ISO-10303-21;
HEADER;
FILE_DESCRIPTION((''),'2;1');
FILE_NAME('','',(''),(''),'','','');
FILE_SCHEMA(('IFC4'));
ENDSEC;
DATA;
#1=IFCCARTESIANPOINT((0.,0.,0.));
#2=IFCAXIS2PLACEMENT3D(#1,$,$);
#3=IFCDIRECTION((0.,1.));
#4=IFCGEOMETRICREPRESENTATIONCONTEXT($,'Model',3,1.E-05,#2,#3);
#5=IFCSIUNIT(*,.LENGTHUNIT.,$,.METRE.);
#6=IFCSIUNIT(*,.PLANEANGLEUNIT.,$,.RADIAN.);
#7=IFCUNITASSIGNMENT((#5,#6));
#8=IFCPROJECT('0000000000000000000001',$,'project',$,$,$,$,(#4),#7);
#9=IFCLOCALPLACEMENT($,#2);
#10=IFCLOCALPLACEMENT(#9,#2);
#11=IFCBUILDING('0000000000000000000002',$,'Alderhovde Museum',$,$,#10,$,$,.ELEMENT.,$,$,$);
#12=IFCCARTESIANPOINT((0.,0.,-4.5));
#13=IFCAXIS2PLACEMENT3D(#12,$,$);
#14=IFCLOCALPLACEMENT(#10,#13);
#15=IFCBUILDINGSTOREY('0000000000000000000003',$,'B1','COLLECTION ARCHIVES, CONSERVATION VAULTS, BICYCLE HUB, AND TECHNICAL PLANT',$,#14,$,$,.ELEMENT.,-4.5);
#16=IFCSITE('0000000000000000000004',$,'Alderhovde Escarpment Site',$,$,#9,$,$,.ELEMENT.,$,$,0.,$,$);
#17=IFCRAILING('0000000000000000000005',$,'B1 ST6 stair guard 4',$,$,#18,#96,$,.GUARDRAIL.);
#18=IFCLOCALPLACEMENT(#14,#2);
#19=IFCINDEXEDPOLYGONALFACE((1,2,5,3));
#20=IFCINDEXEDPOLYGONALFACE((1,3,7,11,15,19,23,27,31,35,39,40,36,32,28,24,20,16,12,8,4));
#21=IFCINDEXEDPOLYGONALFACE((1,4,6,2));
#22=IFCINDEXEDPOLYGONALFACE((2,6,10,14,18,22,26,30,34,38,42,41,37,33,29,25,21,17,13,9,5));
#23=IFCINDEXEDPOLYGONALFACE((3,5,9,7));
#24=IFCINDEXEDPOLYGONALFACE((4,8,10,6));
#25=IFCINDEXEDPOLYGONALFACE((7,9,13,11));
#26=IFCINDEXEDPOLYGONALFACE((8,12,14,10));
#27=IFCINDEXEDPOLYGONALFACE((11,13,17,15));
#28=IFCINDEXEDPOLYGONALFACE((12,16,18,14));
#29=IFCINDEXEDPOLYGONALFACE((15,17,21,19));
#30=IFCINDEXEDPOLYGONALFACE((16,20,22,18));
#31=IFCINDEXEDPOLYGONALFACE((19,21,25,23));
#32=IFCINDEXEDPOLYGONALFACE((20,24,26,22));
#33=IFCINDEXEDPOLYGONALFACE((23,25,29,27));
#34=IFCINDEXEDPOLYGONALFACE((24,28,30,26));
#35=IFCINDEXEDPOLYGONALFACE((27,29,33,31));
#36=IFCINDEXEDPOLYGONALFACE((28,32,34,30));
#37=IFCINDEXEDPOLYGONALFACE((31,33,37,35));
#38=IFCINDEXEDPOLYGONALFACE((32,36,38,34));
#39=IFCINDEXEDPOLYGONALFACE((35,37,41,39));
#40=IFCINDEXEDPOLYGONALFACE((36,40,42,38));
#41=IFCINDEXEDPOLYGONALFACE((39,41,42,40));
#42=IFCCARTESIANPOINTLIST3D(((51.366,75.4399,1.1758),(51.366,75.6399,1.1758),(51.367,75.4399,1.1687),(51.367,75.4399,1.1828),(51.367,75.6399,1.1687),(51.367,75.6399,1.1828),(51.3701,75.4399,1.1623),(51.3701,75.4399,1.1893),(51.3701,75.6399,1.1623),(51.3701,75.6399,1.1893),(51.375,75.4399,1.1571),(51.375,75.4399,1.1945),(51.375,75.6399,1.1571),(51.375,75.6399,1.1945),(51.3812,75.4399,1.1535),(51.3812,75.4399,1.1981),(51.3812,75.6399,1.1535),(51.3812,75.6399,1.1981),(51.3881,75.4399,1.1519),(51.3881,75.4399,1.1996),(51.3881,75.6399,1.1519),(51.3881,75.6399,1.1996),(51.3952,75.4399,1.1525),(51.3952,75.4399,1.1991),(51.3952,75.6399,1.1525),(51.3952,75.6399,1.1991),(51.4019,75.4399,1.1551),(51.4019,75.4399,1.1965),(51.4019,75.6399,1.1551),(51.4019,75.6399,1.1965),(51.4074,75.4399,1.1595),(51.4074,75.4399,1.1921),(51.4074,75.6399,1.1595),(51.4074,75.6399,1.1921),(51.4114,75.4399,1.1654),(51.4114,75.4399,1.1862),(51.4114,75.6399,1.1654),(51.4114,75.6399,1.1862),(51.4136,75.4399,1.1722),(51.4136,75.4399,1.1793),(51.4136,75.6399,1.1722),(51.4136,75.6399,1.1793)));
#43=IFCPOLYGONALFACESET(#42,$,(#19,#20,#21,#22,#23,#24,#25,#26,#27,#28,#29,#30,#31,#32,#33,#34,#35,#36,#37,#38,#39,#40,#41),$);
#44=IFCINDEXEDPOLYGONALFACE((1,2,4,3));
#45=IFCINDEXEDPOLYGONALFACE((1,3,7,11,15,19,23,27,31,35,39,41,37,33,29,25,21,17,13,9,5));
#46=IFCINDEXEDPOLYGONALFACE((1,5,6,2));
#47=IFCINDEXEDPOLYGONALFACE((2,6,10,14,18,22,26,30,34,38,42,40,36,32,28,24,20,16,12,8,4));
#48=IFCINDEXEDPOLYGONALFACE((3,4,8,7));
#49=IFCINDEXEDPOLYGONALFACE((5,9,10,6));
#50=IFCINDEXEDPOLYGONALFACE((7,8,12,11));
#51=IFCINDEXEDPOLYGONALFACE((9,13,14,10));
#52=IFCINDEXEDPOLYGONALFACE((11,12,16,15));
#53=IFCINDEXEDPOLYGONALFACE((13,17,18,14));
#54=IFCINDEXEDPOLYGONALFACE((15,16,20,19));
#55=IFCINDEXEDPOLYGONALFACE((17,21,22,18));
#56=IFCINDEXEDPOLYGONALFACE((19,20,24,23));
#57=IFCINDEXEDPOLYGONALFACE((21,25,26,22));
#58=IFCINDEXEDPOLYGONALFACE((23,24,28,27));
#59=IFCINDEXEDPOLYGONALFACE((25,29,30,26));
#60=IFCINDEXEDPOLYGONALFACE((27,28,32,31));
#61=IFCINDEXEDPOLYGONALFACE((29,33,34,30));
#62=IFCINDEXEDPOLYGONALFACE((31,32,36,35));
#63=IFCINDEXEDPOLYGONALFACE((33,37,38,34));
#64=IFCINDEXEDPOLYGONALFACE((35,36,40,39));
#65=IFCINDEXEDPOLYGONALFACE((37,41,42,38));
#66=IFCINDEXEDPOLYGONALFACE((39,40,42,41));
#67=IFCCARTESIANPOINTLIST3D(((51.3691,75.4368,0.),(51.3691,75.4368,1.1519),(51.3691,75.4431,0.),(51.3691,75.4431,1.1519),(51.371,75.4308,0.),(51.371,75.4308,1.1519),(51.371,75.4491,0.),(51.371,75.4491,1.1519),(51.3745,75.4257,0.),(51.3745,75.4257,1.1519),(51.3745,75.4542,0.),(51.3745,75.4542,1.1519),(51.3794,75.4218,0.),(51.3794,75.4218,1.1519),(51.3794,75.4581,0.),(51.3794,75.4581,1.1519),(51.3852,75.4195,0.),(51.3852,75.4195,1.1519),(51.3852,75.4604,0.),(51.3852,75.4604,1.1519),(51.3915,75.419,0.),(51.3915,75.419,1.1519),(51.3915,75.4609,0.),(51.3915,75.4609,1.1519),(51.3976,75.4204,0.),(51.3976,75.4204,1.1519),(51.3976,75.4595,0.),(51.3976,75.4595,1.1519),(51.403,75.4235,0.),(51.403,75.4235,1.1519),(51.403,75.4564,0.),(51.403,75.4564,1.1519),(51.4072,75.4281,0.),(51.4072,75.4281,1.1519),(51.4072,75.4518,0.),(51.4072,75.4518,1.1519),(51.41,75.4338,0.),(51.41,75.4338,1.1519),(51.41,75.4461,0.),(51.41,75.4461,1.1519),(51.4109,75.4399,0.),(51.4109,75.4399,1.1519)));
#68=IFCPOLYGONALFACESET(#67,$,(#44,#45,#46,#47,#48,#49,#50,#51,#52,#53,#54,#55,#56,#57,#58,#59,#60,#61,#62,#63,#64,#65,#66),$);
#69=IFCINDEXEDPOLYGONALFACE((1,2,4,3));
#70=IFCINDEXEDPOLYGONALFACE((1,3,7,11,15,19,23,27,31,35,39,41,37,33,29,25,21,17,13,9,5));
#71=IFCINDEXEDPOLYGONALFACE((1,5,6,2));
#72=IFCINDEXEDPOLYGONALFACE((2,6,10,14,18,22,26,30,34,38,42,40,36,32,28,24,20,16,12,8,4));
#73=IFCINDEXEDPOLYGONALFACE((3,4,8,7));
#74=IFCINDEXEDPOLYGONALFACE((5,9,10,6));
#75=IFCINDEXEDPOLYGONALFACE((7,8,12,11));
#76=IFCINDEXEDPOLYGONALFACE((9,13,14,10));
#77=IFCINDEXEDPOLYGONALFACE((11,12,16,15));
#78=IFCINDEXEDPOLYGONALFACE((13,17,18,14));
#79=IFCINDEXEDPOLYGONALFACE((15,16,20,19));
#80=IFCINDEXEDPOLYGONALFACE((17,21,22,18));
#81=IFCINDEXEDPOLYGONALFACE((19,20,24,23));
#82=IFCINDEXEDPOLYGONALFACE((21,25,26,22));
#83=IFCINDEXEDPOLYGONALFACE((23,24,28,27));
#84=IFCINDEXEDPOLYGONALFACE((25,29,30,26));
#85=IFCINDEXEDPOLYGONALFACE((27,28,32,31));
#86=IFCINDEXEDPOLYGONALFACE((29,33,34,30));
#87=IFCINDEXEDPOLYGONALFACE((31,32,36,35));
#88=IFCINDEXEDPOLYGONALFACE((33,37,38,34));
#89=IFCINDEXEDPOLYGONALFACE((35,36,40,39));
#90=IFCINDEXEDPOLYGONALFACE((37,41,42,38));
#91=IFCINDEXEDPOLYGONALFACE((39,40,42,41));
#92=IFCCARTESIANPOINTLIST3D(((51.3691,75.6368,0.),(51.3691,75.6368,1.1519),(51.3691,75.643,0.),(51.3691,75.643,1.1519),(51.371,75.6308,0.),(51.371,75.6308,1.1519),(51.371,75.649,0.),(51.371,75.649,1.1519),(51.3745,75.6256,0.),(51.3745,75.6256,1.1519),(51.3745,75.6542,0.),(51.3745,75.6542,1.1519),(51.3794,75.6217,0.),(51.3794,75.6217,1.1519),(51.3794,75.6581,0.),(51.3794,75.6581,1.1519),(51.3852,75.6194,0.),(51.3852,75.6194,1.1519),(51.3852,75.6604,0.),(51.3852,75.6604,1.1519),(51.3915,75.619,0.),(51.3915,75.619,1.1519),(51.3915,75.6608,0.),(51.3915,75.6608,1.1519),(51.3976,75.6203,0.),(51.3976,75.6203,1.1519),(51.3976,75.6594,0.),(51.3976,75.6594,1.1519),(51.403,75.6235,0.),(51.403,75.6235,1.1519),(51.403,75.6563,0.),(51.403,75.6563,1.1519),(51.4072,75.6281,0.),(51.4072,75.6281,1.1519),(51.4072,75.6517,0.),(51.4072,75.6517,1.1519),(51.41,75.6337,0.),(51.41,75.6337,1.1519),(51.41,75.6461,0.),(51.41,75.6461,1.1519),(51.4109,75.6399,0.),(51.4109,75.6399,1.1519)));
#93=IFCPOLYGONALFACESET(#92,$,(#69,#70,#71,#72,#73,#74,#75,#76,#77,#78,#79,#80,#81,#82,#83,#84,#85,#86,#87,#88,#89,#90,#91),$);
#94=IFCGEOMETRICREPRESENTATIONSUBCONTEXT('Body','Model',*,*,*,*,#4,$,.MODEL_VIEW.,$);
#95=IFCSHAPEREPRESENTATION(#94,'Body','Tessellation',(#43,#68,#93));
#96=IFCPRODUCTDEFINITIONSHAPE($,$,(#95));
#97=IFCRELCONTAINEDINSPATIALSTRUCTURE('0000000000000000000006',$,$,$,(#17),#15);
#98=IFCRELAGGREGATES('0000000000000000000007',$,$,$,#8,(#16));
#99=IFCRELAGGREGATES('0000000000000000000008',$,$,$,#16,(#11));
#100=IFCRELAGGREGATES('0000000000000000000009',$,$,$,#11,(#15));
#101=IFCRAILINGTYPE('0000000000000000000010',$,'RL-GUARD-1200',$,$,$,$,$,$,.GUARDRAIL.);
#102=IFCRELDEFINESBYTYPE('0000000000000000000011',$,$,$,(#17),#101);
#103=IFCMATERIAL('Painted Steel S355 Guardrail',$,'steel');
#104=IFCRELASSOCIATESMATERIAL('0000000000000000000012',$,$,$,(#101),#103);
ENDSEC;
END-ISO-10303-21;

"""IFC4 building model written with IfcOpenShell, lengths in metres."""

from ifc_helpers import new_model, si_unit, direction, frame, origin, origin_2d, place, context, subcontext, project, spatial, circle, extrude, material, type_object, element, save


model = new_model("IFC4")

# Units and contexts
model_context = context("Model", 3, precision=1e-05, world=origin(), true_north=direction((0.0, 1.0)))
body_context = subcontext(model_context, "Body", "Model", "MODEL_VIEW")
ifc_project = project(units=[si_unit("LENGTHUNIT", "METRE"), si_unit("PLANEANGLEUNIT", "RADIAN")], contexts=[model_context])

# Site, building, storey
site_placement = place(None, origin())
site = spatial("IfcSite", under=ifc_project, at=site_placement, Name="Alderhovde Escarpment Site", CompositionType="ELEMENT", RefElevation=0.0)
building_placement = place(site_placement, origin())
building = spatial("IfcBuilding", under=site, at=building_placement, Name="Alderhovde Museum", CompositionType="ELEMENT")
storey_placement = place(building_placement, frame((0.0, 0.0, -4.5)))
storey = spatial("IfcBuildingStorey", under=building, at=storey_placement, Name="B1", Description="COLLECTION ARCHIVES, CONSERVATION VAULTS, BICYCLE HUB, AND TECHNICAL PLANT", CompositionType="ELEMENT", Elevation=-4.5)

# Railing
ifc_material_1 = material(Name="Painted Steel S355 Guardrail", Category="steel")
railing_type_1 = type_object("IfcRailingType", Name="RL-GUARD-1200", PredefinedType="GUARDRAIL", material=ifc_material_1)
railing_1_placement = place(storey_placement, frame((51.3899, 75.4399, 0.0)))
element("IfcRailing", 1, at=railing_1_placement, inside=storey, type_object=railing_type_1, Name="B1 ST6 stair guard 4", PredefinedType="GUARDRAIL", context=body_context, shape_type="SweptSolid", body=[
    extrude(circle(Radius=0.0239, at=origin_2d()), frame((0.0, 0.0, 1.1758), z_axis=(0.0, 1.0, 0.0), x_axis=(-1.0, 0.0, 0.0)), (0.0, 0.0, 1.0), 0.2),
    extrude(circle(Radius=0.021, at=origin_2d()), origin(), (0.0, 0.0, 1.0), 1.1519),
    extrude(circle(Radius=0.021, at=origin_2d()), frame((0.0, 0.2, 0.0)), (0.0, 0.0, 1.0), 1.1519),
])

save(model, "model.ifc")
